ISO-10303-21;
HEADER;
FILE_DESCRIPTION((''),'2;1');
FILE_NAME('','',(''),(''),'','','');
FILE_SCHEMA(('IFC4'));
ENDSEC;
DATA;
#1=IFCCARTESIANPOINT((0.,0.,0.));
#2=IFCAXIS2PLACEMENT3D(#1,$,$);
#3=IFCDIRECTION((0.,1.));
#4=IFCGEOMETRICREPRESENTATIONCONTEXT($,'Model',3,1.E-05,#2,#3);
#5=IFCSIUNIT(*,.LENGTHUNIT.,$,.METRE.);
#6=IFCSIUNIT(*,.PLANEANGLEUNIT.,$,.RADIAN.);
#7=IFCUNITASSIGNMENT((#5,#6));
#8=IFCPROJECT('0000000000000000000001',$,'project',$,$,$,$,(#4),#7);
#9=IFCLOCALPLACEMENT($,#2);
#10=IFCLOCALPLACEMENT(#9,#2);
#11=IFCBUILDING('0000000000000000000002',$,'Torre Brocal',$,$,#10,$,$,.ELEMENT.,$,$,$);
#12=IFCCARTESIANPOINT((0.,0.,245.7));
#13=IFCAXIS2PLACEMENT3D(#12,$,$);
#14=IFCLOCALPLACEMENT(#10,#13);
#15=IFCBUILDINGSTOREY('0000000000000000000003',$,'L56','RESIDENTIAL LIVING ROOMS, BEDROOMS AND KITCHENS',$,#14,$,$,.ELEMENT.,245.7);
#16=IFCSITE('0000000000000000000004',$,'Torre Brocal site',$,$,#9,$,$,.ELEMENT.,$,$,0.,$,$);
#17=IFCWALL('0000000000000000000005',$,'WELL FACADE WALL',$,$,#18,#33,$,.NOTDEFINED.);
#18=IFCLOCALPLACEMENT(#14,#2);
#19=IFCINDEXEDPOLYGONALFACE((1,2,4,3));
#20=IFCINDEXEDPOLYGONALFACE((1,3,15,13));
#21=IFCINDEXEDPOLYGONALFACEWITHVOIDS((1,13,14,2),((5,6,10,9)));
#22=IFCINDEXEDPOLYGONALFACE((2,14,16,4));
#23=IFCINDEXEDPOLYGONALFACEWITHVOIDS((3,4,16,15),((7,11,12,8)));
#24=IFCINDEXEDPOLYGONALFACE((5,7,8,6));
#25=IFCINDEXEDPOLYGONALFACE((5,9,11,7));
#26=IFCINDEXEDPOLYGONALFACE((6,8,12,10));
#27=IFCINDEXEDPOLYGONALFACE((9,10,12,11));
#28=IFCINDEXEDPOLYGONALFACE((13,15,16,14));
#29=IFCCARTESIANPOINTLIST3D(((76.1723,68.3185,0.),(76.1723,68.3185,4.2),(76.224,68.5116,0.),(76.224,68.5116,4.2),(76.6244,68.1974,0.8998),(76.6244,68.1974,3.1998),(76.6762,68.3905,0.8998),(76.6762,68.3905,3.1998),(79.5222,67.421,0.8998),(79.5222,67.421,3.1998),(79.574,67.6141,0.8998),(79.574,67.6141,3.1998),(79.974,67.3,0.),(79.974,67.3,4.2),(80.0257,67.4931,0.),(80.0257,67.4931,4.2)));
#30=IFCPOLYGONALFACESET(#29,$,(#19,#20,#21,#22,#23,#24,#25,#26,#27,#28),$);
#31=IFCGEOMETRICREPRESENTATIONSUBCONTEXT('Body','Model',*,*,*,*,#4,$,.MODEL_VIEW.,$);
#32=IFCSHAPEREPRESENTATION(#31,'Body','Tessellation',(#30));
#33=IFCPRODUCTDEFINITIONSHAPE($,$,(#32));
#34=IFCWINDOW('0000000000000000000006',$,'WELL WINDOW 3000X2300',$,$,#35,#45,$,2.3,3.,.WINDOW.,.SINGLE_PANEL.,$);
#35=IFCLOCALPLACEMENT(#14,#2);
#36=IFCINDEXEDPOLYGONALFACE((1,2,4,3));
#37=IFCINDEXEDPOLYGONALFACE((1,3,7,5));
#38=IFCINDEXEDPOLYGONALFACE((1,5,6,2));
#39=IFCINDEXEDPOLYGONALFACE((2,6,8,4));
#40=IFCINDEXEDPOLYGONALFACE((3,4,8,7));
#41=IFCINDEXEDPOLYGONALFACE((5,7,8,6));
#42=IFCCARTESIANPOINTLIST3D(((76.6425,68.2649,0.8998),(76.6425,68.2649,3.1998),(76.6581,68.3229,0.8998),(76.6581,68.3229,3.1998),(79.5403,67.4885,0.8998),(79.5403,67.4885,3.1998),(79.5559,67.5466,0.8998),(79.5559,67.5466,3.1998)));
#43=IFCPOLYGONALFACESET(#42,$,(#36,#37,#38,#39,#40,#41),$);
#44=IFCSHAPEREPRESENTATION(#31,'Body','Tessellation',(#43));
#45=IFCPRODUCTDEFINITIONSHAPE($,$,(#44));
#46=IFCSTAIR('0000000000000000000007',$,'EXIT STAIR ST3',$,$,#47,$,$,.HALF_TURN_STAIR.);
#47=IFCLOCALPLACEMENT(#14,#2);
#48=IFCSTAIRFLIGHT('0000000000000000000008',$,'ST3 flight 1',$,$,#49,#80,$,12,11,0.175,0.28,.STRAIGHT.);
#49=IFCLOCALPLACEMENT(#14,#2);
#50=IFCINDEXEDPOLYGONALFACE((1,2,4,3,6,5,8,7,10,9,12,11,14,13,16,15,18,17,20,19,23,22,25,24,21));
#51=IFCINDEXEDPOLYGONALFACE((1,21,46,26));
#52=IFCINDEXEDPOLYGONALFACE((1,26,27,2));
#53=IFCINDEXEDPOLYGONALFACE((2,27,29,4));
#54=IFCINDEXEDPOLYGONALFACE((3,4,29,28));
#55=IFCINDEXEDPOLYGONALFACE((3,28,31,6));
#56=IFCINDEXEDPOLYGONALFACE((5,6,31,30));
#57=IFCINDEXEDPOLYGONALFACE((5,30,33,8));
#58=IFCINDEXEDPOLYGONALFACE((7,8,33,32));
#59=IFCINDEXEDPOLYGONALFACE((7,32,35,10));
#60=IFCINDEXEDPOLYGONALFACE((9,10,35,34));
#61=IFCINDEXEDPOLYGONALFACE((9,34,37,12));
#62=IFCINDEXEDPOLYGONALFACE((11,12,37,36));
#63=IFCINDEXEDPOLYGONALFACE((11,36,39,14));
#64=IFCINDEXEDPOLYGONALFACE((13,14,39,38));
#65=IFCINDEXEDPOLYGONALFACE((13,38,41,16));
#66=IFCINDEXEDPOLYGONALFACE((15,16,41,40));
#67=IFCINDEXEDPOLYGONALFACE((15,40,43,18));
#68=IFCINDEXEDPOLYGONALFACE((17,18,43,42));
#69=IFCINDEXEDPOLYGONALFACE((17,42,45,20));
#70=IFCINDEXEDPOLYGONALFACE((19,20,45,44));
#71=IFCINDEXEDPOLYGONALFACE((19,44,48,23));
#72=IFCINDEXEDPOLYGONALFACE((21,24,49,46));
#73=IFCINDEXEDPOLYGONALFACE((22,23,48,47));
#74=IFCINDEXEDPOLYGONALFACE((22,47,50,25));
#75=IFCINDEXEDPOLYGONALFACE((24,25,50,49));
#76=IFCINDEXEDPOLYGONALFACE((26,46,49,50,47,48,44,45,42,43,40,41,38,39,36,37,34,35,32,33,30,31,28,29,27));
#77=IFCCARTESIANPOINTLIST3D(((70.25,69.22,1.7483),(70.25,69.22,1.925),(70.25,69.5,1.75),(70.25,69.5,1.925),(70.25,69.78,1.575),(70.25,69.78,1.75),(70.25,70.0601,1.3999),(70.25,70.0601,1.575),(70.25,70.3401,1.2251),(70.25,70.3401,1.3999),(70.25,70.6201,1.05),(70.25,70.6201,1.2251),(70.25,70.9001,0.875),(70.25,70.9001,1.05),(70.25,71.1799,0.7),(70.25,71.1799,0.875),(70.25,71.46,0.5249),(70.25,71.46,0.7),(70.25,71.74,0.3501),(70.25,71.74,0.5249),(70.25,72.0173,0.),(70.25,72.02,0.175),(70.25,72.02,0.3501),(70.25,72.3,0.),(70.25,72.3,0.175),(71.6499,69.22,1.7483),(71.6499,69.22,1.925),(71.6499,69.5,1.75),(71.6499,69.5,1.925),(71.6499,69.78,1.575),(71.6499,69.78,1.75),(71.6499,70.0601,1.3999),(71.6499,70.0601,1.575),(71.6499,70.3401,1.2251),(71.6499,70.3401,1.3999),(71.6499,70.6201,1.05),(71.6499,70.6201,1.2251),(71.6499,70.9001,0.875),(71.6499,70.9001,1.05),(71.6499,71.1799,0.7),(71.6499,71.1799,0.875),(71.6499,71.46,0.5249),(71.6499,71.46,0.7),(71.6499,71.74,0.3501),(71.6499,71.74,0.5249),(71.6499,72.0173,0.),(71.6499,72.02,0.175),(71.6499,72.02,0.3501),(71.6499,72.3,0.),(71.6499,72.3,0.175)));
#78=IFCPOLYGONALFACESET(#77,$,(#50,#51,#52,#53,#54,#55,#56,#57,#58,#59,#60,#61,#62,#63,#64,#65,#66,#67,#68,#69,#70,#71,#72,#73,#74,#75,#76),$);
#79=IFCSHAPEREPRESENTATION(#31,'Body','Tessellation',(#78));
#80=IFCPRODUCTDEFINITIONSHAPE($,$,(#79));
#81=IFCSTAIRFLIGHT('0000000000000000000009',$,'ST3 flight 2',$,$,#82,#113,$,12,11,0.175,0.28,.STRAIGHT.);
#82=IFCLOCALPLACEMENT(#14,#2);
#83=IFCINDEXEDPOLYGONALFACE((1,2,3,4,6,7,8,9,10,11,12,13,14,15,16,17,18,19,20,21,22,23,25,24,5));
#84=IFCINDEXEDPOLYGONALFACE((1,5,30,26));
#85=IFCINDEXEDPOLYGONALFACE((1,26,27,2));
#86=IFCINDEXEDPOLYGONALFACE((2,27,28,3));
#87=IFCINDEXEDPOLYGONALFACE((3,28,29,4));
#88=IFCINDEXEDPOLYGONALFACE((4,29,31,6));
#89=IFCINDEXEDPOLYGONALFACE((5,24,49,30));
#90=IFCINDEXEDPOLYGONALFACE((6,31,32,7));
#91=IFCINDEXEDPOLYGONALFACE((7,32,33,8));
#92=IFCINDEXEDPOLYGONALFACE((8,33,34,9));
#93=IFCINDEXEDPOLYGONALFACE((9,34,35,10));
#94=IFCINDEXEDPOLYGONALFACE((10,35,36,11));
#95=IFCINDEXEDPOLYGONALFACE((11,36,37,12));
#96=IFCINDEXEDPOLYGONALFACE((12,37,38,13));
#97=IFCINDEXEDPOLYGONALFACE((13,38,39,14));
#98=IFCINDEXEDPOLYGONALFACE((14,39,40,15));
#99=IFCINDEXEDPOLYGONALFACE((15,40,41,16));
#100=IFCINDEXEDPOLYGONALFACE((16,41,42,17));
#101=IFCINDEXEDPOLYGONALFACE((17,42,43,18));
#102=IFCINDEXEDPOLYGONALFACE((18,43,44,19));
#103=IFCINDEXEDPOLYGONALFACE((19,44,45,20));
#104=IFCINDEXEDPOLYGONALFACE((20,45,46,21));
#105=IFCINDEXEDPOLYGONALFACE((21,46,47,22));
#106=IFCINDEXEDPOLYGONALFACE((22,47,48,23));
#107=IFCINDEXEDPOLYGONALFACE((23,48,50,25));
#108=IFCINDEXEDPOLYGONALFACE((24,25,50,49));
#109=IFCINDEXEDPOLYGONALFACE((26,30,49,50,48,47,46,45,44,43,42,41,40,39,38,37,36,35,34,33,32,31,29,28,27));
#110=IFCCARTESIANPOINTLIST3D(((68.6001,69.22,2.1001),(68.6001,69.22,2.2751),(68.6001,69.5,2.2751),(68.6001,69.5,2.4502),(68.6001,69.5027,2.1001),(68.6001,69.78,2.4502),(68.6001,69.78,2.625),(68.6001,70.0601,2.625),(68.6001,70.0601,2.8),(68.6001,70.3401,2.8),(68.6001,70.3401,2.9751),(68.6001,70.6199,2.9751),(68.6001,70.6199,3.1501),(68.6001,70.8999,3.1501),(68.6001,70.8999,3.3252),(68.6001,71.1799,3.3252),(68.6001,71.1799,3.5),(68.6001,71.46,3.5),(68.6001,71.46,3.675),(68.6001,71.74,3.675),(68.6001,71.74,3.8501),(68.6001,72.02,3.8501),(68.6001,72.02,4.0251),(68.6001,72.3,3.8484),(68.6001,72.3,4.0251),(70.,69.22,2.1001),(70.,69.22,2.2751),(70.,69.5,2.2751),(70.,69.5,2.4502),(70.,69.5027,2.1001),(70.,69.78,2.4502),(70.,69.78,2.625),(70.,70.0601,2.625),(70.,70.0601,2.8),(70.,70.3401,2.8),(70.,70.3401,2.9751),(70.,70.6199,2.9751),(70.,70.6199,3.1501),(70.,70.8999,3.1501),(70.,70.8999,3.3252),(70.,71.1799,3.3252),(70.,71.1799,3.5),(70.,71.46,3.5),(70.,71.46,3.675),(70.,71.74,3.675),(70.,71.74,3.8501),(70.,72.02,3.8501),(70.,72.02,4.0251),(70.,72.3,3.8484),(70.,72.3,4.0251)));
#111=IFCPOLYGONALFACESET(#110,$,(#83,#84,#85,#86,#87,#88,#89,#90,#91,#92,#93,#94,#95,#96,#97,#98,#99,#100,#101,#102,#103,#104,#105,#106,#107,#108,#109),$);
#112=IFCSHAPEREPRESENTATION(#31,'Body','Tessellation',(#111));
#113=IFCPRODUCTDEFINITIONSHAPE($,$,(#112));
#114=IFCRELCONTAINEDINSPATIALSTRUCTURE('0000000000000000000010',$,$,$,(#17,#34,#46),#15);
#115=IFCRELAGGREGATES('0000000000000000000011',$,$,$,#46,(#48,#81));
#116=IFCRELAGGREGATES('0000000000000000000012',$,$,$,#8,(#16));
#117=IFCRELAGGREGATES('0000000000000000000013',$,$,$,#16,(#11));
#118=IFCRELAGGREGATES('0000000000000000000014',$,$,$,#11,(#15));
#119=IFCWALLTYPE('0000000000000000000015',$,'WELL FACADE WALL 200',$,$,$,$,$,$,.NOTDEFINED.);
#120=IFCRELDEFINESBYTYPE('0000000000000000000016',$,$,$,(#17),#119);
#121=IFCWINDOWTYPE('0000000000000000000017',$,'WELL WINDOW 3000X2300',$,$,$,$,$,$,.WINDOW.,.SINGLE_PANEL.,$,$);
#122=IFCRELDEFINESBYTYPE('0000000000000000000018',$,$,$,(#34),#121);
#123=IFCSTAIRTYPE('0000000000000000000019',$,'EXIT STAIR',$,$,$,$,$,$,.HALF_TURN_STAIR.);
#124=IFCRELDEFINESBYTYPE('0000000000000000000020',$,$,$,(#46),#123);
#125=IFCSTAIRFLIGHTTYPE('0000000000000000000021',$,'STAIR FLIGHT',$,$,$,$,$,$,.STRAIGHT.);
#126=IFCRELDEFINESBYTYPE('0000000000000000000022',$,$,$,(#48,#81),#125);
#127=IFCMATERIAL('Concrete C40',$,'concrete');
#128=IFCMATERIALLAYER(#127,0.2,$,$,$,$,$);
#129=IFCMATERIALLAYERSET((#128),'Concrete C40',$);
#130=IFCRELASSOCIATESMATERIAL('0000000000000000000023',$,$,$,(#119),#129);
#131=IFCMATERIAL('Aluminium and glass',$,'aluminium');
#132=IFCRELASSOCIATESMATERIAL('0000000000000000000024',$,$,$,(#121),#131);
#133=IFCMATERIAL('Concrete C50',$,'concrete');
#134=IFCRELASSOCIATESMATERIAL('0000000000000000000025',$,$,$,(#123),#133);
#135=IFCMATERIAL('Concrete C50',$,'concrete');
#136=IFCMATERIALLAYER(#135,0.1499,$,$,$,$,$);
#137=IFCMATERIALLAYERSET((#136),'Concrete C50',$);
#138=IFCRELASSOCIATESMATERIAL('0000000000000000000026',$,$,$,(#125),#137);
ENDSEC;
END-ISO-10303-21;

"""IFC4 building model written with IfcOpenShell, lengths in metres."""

from ifc_helpers import new_model, si_unit, direction, frame, frame_2d, origin, place, context, subcontext, project, spatial, polyline, rectangle, outline, extrude, material, layer, layer_set, type_object, element, fill, aggregate, save


model = new_model("IFC4")

# Units and contexts
model_context = context("Model", 3, precision=1e-05, world=origin(), true_north=direction((0.0, 1.0)))
body_context = subcontext(model_context, "Body", "Model", "MODEL_VIEW")
ifc_project = project(units=[si_unit("LENGTHUNIT", "METRE"), si_unit("PLANEANGLEUNIT", "RADIAN")], contexts=[model_context])

# Site, building, storey
site_placement = place(None, origin())
site = spatial("IfcSite", under=ifc_project, at=site_placement, Name="Torre Brocal site", CompositionType="ELEMENT", RefElevation=0.0)
building_placement = place(site_placement, origin())
building = spatial("IfcBuilding", under=site, at=building_placement, Name="Torre Brocal", CompositionType="ELEMENT")
storey_placement = place(building_placement, frame((0.0, 0.0, 245.7)))
storey = spatial("IfcBuildingStorey", under=building, at=storey_placement, Name="L56", Description="RESIDENTIAL LIVING ROOMS, BEDROOMS AND KITCHENS", CompositionType="ELEMENT", Elevation=245.7)

# Wall, opening, window
ifc_material_1 = material(Name="Concrete C40", Category="concrete")
ifc_layer_1 = layer(ifc_material_1, 0.2)
ifc_layer_set_1 = layer_set([ifc_layer_1], Name="Concrete C40")
wall_type_1 = type_object("IfcWallType", Name="WELL FACADE WALL 200", PredefinedType="NOTDEFINED", material=ifc_layer_set_1)
ifc_material_2 = material(Name="Aluminium and glass", Category="aluminium")
window_type = type_object("IfcWindowType", Name="WELL WINDOW 3000X2300", PartitioningType="SINGLE_PANEL", PredefinedType="WINDOW", material=ifc_material_2)
wall_1_placement = place(storey_placement, frame((76.1982, 68.415, 0.0), z_axis=(0.0, 0.0, 1.0), x_axis=(0.965934, -0.25879, 0.0)))
wall_1 = element("IfcWall", 1, at=wall_1_placement, inside=storey, type_object=wall_type_1, Name="WELL FACADE WALL", PredefinedType="NOTDEFINED", context=body_context, shape_type="SweptSolid", body=[
    extrude(rectangle(XDim=3.9358, YDim=0.2, at=frame_2d((1.9678, 0.0))), origin(), (0.0, 0.0, 1.0), 4.2),
])
opening_1_placement = place(wall_1_placement, frame((0.468, 0.0, 0.8999)))
opening_1 = element("IfcOpeningElement", 2, at=opening_1_placement, cuts=wall_1, PredefinedType="OPENING", context=body_context, shape_type="SweptSolid", body=[
    extrude(rectangle(XDim=3.0, YDim=2.3, at=frame_2d((1.5, 1.1499))), frame((0.0, 0.1099, 0.0), z_axis=(0.0, -1.0, 0.0), x_axis=(1.0, 0.0, 0.0)), (0.0, 0.0, 1.0), 0.22),
])
window_1_placement = place(opening_1_placement, origin())
window_1 = element("IfcWindow", 3, at=window_1_placement, inside=storey, type_object=window_type, Name="WELL WINDOW 3000X2300", OverallHeight=2.3, OverallWidth=3.0, PartitioningType="SINGLE_PANEL", PredefinedType="WINDOW", context=body_context, shape_type="SweptSolid", body=[
    extrude(rectangle(XDim=3.0, YDim=2.3, at=frame_2d((1.5, 1.1499))), frame((0.0, 0.03, 0.0), z_axis=(0.0, -1.0, 0.0), x_axis=(1.0, 0.0, 0.0)), (0.0, 0.0, 1.0), 0.0601),
])
fill(opening_1, window_1)

# Stair, stair flights
ifc_material_3 = material(Name="Concrete C50", Category="concrete")
stair_type = type_object("IfcStairType", Name="EXIT STAIR", PredefinedType="HALF_TURN_STAIR", material=ifc_material_3)
stair_placement = place(storey_placement, origin())
stair = element("IfcStair", 4, at=stair_placement, inside=storey, type_object=stair_type, Name="EXIT STAIR ST3", PredefinedType="HALF_TURN_STAIR")
ifc_material_4 = material(Name="Concrete C50", Category="concrete")
ifc_layer_2 = layer(ifc_material_4, 0.1499)
ifc_layer_set_2 = layer_set([ifc_layer_2], Name="Concrete C50")
stair_flight_type = type_object("IfcStairFlightType", Name="STAIR FLIGHT", PredefinedType="STRAIGHT", material=ifc_layer_set_2)
stair_flight_1_placement = place(storey_placement, frame((70.95, 72.3, 0.0), z_axis=(0.0, 0.0, 1.0), x_axis=(0.0, -1.0, 0.0)))
stair_flight_1 = element("IfcStairFlight", 5, at=stair_flight_1_placement, type_object=stair_flight_type, Name="ST3 flight 1", NumberOfRisers=12, NumberOfTreads=11, PredefinedType="STRAIGHT", RiserHeight=0.175, TreadLength=0.28, context=body_context, shape_type="SweptSolid", body=[
    extrude(outline(polyline([(0.0, 0.0), (0.0, 0.175), (0.28, 0.175), (0.28, 0.3501), (0.5601, 0.3501), (0.5601, 0.5249), (0.8401, 0.5249), (0.8401, 0.7), (1.1201, 0.7), (1.1201, 0.875), (1.3999, 0.875), (1.3999, 1.05), (1.6799, 1.05), (1.6799, 1.2251), (1.96, 1.2251), (1.96, 1.3999), (2.24, 1.3999), (2.24, 1.575), (2.52, 1.575), (2.52, 1.75), (2.8, 1.75), (2.8, 1.925), (3.0801, 1.925), (3.0801, 2.1001), (3.0801, 1.7483), (0.2827, 0.0), (0.0, 0.0)])), frame((0.0, 0.7, 0.0), z_axis=(0.0, -1.0, 0.0), x_axis=(1.0, 0.0, 0.0)), (0.0, 0.0, 1.0), 1.3999),
])
stair_flight_2_placement = place(storey_placement, frame((69.3, 69.22, 2.1001), z_axis=(0.0, 0.0, 1.0), x_axis=(0.0, 1.0, 0.0)))
stair_flight_2 = element("IfcStairFlight", 6, at=stair_flight_2_placement, type_object=stair_flight_type, Name="ST3 flight 2", NumberOfRisers=12, NumberOfTreads=11, PredefinedType="STRAIGHT", RiserHeight=0.175, TreadLength=0.28, context=body_context, shape_type="SweptSolid", body=[
    extrude(outline(polyline([(0.0, 0.0), (0.0, 0.175), (0.28, 0.175), (0.28, 0.3501), (0.5601, 0.3501), (0.5601, 0.5249), (0.8401, 0.5249), (0.8401, 0.7), (1.1201, 0.7), (1.1201, 0.875), (1.3999, 0.875), (1.3999, 1.05), (1.6799, 1.05), (1.6799, 1.2251), (1.96, 1.2251), (1.96, 1.3999), (2.24, 1.3999), (2.24, 1.575), (2.52, 1.575), (2.52, 1.75), (2.8, 1.75), (2.8, 1.925), (3.0801, 1.925), (3.0801, 2.1001), (3.0801, 1.7483), (0.2827, 0.0), (0.0, 0.0)])), frame((0.0, 0.7, 0.0), z_axis=(0.0, -1.0, 0.0), x_axis=(1.0, 0.0, 0.0)), (0.0, 0.0, 1.0), 1.3999),
])
aggregate(stair, [stair_flight_1, stair_flight_2])

save(model, "model.ifc")
